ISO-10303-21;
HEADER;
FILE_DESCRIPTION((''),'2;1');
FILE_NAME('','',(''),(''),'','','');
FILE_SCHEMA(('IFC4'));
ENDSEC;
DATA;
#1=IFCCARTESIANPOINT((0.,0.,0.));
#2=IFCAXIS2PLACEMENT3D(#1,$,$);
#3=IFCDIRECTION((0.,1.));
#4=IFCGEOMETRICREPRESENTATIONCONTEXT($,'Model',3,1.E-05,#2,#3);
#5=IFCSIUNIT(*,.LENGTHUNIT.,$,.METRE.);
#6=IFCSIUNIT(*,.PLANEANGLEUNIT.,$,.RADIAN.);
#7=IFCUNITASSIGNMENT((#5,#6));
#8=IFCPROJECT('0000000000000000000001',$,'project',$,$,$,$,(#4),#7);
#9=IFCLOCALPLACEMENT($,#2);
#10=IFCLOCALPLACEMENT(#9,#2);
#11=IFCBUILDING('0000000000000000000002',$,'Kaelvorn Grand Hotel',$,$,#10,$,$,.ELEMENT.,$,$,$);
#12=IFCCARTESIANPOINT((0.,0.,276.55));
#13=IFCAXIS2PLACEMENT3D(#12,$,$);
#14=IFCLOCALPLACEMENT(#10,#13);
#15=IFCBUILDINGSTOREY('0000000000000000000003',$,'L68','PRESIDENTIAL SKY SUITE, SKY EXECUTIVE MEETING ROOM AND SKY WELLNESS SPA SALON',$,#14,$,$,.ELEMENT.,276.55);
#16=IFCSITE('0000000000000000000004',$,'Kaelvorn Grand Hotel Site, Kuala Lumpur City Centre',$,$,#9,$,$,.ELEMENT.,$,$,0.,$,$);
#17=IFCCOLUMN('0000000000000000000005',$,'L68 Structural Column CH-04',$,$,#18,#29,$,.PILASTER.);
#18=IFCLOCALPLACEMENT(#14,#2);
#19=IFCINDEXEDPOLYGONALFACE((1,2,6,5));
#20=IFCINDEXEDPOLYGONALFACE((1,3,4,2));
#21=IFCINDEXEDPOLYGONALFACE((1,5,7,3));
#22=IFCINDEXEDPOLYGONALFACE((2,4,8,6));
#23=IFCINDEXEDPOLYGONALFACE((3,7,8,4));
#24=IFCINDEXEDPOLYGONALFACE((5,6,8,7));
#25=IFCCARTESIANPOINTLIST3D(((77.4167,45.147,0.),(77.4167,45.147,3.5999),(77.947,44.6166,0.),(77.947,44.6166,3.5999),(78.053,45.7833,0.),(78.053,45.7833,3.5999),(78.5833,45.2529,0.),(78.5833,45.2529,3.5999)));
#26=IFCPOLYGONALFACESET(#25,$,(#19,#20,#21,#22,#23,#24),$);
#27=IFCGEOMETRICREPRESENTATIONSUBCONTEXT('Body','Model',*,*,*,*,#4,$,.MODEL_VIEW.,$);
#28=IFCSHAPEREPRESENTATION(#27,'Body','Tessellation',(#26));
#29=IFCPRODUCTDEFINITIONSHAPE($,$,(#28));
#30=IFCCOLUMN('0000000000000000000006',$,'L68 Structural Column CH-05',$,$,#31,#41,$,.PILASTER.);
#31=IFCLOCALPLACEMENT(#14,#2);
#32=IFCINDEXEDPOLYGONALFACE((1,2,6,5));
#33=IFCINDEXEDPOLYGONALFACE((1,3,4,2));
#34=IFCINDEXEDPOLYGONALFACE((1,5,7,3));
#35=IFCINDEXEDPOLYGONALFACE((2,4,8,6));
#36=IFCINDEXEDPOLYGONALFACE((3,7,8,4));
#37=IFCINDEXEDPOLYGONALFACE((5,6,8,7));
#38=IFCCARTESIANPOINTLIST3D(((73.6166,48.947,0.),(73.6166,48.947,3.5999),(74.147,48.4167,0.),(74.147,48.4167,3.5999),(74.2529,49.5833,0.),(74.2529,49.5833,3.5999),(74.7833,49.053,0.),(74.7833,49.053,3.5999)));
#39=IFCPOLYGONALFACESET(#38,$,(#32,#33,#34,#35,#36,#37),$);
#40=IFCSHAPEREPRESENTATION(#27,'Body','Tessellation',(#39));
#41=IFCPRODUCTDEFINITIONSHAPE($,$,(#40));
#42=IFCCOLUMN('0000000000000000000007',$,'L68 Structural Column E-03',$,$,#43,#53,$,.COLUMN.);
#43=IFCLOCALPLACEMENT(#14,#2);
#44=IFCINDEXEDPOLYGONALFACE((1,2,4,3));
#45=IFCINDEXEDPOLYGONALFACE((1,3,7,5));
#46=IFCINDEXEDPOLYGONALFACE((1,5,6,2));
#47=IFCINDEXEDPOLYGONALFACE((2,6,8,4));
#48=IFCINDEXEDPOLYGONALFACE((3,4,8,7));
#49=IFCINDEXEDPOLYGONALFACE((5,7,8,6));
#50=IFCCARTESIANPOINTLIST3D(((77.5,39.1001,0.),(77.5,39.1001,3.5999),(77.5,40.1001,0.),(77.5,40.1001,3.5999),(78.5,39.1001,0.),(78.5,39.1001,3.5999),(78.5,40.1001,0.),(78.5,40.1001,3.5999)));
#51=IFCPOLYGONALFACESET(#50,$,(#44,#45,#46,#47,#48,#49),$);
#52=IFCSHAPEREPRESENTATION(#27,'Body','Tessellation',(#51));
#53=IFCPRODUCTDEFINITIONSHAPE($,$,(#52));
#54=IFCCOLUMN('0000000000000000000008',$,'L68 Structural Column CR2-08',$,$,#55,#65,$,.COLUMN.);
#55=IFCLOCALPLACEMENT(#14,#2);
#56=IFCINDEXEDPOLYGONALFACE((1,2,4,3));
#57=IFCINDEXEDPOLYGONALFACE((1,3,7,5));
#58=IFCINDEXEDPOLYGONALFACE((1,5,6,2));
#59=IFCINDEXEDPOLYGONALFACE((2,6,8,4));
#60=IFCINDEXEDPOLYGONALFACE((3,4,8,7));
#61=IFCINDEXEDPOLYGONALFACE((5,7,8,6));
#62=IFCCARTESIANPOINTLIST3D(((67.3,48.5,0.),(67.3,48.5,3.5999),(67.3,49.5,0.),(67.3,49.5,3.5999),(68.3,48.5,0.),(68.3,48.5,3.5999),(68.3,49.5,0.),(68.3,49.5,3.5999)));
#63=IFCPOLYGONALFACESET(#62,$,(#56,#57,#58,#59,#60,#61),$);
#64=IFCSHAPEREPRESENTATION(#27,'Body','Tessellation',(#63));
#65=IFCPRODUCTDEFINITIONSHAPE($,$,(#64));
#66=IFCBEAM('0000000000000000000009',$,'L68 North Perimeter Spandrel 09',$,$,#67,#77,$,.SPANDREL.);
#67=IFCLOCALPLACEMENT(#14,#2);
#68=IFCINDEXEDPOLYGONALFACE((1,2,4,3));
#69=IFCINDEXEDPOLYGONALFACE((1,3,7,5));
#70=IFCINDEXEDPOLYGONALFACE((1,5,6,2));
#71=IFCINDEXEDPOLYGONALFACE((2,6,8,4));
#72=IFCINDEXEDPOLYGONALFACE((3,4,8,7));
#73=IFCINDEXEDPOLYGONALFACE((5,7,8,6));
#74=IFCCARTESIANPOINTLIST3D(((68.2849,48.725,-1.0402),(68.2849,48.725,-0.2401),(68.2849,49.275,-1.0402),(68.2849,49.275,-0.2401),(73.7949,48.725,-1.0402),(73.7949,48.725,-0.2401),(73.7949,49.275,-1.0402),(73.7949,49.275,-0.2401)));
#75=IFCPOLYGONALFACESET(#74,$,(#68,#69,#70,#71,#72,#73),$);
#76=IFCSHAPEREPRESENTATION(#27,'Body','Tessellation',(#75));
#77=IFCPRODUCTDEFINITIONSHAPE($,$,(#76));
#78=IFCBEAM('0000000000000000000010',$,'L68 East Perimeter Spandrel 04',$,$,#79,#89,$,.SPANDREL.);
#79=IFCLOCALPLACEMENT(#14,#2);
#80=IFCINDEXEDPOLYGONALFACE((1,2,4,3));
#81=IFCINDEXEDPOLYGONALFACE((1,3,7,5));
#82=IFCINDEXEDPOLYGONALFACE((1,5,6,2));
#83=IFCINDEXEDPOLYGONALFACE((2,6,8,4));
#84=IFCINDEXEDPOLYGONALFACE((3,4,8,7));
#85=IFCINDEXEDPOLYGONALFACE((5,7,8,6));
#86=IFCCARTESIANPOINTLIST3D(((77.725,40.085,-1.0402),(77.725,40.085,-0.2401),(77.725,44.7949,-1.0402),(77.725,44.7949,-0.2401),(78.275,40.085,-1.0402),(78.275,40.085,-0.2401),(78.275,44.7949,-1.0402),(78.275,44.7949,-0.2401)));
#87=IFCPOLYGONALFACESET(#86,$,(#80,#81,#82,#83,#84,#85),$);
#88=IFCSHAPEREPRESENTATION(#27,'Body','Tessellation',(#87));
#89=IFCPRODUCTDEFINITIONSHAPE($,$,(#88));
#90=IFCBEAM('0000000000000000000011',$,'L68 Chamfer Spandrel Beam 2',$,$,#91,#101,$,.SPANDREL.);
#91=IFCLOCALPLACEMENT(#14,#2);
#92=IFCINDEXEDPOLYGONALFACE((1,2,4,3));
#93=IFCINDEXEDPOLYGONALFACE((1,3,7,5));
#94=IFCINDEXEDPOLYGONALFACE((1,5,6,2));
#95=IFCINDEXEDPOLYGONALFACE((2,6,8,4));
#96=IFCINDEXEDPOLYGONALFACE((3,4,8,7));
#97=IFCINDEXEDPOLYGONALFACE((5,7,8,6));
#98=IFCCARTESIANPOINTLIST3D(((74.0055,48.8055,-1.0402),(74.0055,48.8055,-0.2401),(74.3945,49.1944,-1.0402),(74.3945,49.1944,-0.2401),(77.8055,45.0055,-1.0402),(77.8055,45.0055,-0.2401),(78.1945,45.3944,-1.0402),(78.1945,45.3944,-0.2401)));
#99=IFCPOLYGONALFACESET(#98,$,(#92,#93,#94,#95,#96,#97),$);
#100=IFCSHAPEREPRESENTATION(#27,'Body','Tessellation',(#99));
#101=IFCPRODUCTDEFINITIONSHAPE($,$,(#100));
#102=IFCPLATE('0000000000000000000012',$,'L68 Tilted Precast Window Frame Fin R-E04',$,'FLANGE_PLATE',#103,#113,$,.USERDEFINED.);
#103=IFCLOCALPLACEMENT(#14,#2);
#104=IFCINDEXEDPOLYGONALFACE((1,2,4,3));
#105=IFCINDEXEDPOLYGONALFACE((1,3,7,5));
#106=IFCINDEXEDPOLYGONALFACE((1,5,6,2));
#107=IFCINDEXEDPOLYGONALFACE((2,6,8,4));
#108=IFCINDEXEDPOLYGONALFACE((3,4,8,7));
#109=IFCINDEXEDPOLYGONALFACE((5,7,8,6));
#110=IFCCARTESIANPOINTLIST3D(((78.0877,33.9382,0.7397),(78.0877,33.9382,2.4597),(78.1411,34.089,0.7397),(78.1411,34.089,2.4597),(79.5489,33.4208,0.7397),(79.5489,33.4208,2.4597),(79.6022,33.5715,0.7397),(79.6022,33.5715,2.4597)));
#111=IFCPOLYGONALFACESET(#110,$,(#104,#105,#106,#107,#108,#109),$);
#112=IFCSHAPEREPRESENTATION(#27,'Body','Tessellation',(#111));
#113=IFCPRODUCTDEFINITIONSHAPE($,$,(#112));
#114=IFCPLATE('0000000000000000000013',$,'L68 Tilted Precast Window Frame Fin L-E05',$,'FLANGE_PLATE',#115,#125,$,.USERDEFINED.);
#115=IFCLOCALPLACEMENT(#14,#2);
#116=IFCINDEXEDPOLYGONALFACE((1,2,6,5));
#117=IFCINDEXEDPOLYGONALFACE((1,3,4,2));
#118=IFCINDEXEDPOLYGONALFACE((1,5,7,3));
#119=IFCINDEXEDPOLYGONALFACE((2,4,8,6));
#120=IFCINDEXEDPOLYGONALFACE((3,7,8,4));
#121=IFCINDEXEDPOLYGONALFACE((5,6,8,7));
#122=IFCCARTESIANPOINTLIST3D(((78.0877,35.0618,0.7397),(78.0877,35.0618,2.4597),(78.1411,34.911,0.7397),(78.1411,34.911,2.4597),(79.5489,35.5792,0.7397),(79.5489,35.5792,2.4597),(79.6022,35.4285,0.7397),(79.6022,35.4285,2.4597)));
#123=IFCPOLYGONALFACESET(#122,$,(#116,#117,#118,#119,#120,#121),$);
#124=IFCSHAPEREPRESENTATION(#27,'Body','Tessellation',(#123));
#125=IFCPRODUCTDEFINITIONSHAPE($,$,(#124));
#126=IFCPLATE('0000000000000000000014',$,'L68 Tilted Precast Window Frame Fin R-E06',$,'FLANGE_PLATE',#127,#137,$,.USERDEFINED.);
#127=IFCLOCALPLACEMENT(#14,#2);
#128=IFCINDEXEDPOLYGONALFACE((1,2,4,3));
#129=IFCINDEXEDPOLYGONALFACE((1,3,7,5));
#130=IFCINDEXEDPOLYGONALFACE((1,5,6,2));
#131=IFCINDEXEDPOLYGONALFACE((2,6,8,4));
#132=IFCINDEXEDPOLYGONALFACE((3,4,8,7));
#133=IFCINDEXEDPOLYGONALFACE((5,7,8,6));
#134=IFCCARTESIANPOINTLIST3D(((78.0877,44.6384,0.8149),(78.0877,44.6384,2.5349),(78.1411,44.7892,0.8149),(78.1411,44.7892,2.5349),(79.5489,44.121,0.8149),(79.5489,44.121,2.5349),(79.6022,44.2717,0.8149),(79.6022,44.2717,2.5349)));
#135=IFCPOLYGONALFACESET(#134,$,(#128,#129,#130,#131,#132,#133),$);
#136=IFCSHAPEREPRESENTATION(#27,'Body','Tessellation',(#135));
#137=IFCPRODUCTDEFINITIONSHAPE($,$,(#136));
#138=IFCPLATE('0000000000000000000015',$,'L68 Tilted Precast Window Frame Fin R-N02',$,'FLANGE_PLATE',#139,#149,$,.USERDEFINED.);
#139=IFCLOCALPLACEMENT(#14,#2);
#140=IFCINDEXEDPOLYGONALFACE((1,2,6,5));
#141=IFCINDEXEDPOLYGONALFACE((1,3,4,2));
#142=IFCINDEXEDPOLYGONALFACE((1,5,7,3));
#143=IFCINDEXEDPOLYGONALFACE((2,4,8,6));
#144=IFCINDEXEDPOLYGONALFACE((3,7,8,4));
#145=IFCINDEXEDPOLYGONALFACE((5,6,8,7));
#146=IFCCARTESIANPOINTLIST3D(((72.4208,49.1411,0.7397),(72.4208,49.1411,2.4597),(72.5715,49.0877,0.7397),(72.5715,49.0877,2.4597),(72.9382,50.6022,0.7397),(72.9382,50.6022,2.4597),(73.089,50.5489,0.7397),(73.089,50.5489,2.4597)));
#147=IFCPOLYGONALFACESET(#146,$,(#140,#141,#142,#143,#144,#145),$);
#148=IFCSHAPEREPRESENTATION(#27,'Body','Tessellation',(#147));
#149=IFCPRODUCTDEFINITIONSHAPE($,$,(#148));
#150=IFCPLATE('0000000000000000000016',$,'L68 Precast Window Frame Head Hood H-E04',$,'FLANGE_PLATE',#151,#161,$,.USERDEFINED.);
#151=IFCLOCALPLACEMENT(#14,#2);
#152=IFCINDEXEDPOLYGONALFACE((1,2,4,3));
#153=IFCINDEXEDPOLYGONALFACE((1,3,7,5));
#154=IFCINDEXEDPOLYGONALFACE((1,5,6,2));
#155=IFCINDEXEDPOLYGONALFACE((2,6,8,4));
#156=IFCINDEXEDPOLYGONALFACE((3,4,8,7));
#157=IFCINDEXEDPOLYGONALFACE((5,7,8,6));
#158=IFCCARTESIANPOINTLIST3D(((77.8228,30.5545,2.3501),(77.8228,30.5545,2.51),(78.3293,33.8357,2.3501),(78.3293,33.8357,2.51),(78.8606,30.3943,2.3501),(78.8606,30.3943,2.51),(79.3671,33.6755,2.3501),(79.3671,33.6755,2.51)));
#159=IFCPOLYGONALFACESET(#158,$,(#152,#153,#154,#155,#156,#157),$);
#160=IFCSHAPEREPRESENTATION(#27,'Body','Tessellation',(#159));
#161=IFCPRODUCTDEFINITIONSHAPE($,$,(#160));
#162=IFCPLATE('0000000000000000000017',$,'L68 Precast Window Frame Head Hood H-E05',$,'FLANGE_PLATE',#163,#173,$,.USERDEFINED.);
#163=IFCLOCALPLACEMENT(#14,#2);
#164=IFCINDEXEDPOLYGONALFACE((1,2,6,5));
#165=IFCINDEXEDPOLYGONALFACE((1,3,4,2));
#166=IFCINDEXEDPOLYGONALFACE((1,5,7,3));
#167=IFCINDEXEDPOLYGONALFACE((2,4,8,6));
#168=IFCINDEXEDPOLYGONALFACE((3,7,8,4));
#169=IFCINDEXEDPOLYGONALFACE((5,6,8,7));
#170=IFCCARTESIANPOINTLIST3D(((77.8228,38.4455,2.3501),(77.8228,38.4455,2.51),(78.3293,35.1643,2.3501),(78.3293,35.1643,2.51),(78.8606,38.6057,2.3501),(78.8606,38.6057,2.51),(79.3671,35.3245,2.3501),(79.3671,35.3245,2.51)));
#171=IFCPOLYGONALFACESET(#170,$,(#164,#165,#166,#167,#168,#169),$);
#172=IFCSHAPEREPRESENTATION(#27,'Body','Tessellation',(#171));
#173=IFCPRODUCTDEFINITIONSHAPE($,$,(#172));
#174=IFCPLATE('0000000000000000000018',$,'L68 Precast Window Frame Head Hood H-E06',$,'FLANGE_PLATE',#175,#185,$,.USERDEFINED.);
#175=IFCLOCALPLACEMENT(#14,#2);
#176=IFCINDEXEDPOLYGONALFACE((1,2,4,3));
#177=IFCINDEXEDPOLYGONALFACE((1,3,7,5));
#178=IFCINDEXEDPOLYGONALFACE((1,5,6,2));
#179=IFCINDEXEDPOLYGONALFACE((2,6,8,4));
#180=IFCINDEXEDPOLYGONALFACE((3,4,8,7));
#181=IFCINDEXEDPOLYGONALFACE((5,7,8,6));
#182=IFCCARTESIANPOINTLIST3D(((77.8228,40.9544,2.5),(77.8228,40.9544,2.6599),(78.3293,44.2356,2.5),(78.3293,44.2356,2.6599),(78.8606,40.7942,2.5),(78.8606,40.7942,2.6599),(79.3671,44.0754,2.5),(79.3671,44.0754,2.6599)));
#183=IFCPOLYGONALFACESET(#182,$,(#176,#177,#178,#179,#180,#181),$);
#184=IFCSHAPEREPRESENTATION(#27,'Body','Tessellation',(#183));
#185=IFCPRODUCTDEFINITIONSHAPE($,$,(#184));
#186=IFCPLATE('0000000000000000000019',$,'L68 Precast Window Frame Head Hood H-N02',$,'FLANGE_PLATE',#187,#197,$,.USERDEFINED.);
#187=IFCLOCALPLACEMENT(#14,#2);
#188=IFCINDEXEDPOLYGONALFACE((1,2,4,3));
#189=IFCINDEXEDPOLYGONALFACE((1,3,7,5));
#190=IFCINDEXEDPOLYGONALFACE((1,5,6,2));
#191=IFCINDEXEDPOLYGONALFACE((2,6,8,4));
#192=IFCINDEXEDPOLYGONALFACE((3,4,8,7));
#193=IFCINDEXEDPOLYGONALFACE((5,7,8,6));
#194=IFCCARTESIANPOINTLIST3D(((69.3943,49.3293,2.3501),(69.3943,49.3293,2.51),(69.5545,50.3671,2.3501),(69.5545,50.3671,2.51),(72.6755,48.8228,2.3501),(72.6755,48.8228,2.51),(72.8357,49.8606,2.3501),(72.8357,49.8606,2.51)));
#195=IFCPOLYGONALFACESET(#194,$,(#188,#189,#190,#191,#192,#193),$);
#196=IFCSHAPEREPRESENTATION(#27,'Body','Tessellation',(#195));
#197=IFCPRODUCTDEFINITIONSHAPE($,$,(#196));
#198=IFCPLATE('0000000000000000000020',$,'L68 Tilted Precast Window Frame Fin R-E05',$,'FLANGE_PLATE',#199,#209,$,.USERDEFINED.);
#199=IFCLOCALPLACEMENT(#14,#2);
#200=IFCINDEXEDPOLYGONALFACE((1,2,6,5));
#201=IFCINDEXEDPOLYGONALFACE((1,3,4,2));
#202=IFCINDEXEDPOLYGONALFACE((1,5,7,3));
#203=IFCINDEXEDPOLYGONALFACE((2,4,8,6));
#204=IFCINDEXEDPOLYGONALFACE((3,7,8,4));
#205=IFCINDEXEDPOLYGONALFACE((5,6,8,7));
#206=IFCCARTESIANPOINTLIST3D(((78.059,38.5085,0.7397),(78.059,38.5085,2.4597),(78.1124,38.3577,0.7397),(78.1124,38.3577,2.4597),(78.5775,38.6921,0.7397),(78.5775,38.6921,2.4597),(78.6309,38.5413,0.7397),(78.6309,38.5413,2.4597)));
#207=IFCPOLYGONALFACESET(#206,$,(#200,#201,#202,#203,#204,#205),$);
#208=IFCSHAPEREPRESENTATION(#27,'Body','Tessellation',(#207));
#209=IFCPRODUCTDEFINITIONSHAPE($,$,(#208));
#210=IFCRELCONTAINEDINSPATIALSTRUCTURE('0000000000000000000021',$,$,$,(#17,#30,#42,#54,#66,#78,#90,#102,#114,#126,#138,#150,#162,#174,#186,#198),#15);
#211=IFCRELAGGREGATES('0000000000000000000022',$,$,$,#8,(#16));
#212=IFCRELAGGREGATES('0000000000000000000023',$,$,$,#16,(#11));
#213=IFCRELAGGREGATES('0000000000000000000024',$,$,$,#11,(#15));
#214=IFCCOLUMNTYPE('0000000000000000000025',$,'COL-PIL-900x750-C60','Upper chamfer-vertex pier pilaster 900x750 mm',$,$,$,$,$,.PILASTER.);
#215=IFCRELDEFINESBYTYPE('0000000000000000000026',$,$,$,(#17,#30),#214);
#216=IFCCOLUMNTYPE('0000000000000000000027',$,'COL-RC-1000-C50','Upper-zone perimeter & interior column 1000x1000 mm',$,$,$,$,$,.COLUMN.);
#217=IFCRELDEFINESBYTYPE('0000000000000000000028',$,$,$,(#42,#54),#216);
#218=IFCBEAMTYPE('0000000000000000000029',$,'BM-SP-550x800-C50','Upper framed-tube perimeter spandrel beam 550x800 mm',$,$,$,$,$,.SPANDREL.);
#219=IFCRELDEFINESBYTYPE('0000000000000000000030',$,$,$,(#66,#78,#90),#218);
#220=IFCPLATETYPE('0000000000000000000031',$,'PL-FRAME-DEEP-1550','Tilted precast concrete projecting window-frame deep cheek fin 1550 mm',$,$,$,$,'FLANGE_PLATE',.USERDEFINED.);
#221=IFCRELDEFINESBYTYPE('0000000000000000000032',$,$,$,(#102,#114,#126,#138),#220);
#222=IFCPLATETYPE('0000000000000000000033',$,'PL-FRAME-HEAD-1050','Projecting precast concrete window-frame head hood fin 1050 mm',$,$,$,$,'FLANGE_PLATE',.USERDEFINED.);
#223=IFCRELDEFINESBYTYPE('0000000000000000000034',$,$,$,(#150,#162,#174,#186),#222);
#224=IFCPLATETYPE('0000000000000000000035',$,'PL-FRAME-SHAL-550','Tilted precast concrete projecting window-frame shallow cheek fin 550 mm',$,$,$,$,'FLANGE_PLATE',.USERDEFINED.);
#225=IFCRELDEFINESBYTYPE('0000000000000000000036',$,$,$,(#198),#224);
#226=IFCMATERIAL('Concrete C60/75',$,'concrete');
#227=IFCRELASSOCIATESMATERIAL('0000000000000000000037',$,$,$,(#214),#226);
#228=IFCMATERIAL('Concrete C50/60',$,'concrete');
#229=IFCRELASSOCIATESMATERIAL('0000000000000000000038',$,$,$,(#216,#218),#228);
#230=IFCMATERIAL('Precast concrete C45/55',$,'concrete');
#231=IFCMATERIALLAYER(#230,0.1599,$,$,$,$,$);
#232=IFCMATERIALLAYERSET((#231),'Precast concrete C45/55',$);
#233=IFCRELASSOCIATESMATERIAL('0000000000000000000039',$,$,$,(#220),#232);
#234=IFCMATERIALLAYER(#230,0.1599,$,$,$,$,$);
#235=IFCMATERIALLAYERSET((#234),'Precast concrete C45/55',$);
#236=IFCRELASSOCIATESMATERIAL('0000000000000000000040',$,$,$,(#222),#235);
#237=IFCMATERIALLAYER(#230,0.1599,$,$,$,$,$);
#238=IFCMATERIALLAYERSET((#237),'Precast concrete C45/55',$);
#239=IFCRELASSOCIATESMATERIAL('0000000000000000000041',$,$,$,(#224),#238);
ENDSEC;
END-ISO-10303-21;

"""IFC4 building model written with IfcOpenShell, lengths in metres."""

from ifc_helpers import new_model, si_unit, direction, frame, origin, origin_2d, place, context, subcontext, project, spatial, rectangle, extrude, material, layer, layer_set, material_profile, profile_set, type_object, element, save


model = new_model("IFC4")

# Units and contexts
model_context = context("Model", 3, precision=1e-05, world=origin(), true_north=direction((0.0, 1.0)))
body_context = subcontext(model_context, "Body", "Model", "MODEL_VIEW")
ifc_project = project(units=[si_unit("LENGTHUNIT", "METRE"), si_unit("PLANEANGLEUNIT", "RADIAN")], contexts=[model_context])

# Site, building, storey
site_placement = place(None, origin())
site = spatial("IfcSite", under=ifc_project, at=site_placement, Name="Kaelvorn Grand Hotel Site, Kuala Lumpur City Centre", CompositionType="ELEMENT", RefElevation=0.0)
building_placement = place(site_placement, origin())
building = spatial("IfcBuilding", under=site, at=building_placement, Name="Kaelvorn Grand Hotel", CompositionType="ELEMENT")
storey_placement = place(building_placement, frame((0.0, 0.0, 276.55)))
storey = spatial("IfcBuildingStorey", under=building, at=storey_placement, Name="L68", Description="PRESIDENTIAL SKY SUITE, SKY EXECUTIVE MEETING ROOM AND SKY WELLNESS SPA SALON", CompositionType="ELEMENT", Elevation=276.55)

# Columns
ifc_material_1 = material(Name="Concrete C60/75", Category="concrete")
ifc_material_profile_1 = material_profile(ifc_material_1, rectangle(XDim=0.8999, YDim=0.75, at=origin_2d()), Name="RC PILASTER 900x750")
ifc_profile_set_1 = profile_set([ifc_material_profile_1], Name="Concrete C60/75")
column_type_1 = type_object("IfcColumnType", Name="COL-PIL-900x750-C60", Description="Upper chamfer-vertex pier pilaster 900x750 mm", PredefinedType="PILASTER", material=ifc_profile_set_1)
for number, where, z_axis, x_axis, name in (
    (1, (78.0, 45.2, 0.0), (0.0, 0.0, 1.0), (0.707107, 0.707107, 0.0), "L68 Structural Column CH-04"),
    (2, (74.2, 49.0, 0.0), (0.0, 0.0, 1.0), (0.707107, 0.707107, 0.0), "L68 Structural Column CH-05"),
):
    element("IfcColumn", number, at=place(storey_placement, frame(where, z_axis=z_axis, x_axis=x_axis)), inside=storey, type_object=column_type_1, Name=name, PredefinedType="PILASTER", context=body_context, shape_type="SweptSolid", body=[
        extrude(rectangle(XDim=0.8999, YDim=0.75, at=origin_2d()), origin(), (0.0, 0.0, 1.0), 3.5999),
    ])
ifc_material_2 = material(Name="Concrete C50/60", Category="concrete")
ifc_material_profile_2 = material_profile(ifc_material_2, rectangle(XDim=1.0, YDim=1.0, at=origin_2d()), Name="RC COL 1000x1000")
ifc_profile_set_2 = profile_set([ifc_material_profile_2], Name="Concrete C50/60")
column_type_2 = type_object("IfcColumnType", Name="COL-RC-1000-C50", Description="Upper-zone perimeter & interior column 1000x1000 mm", PredefinedType="COLUMN", material=ifc_profile_set_2)
for number, where, z_axis, x_axis, name in (
    (3, (78.0, 39.6001, 0.0), (0.0, 0.0, 1.0), (1.0, 0.0, 0.0), "L68 Structural Column E-03"),
    (4, (67.8, 49.0, 0.0), (0.0, 0.0, 1.0), (1.0, 0.0, 0.0), "L68 Structural Column CR2-08"),
):
    element("IfcColumn", number, at=place(storey_placement, frame(where, z_axis=z_axis, x_axis=x_axis)), inside=storey, type_object=column_type_2, Name=name, PredefinedType="COLUMN", context=body_context, shape_type="SweptSolid", body=[
        extrude(rectangle(XDim=1.0, YDim=1.0, at=origin_2d()), origin(), (0.0, 0.0, 1.0), 3.5999),
    ])

# Beams
ifc_material_profile_3 = material_profile(ifc_material_2, rectangle(XDim=0.55, YDim=0.8, at=origin_2d()), Name="RC SPANDREL 550x800")
ifc_profile_set_3 = profile_set([ifc_material_profile_3], Name="Concrete C50/60")
beam_type = type_object("IfcBeamType", Name="BM-SP-550x800-C50", Description="Upper framed-tube perimeter spandrel beam 550x800 mm", PredefinedType="SPANDREL", material=ifc_profile_set_3)
beam_1_placement = place(storey_placement, frame((68.2849, 49.0, -0.6401), z_axis=(1.0, 0.0, 0.0), x_axis=(0.0, 1.0, 0.0)))
element("IfcBeam", 5, at=beam_1_placement, inside=storey, type_object=beam_type, Name="L68 North Perimeter Spandrel 09", PredefinedType="SPANDREL", context=body_context, shape_type="SweptSolid", body=[
    extrude(rectangle(XDim=0.55, YDim=0.8, at=origin_2d()), origin(), (0.0, 0.0, 1.0), 5.51),
])
beam_2_placement = place(storey_placement, frame((78.0, 40.085, -0.6401), z_axis=(0.0, 1.0, 0.0), x_axis=(-1.0, 0.0, 0.0)))
element("IfcBeam", 6, at=beam_2_placement, inside=storey, type_object=beam_type, Name="L68 East Perimeter Spandrel 04", PredefinedType="SPANDREL", context=body_context, shape_type="SweptSolid", body=[
    extrude(rectangle(XDim=0.55, YDim=0.8, at=origin_2d()), origin(), (0.0, 0.0, 1.0), 4.71),
])
beam_3_placement = place(storey_placement, frame((78.0, 45.2, -0.6401), z_axis=(-0.707107, 0.707107, 0.0), x_axis=(-0.707107, -0.707107, 0.0)))
element("IfcBeam", 7, at=beam_3_placement, inside=storey, type_object=beam_type, Name="L68 Chamfer Spandrel Beam 2", PredefinedType="SPANDREL", context=body_context, shape_type="SweptSolid", body=[
    extrude(rectangle(XDim=0.55, YDim=0.8, at=origin_2d()), origin(), (0.0, 0.0, 1.0), 5.374),
])

# Plates
ifc_material_3 = material(Name="Precast concrete C45/55", Category="concrete")
ifc_layer_1 = layer(ifc_material_3, 0.1599)
ifc_layer_set_1 = layer_set([ifc_layer_1], Name="Precast concrete C45/55")
plate_type_1 = type_object("IfcPlateType", Name="PL-FRAME-DEEP-1550", Description="Tilted precast concrete projecting window-frame deep cheek fin 1550 mm", ElementType="FLANGE_PLATE", PredefinedType="USERDEFINED", material=ifc_layer_set_1)
for number, where, z_axis, x_axis, name in (
    (8, (78.845, 33.7549, 0.7397), (0.0, 0.0, 1.0), (0.333807, 0.942641, 0.0), "L68 Tilted Precast Window Frame Fin R-E04"),
    (9, (78.845, 35.2451, 0.7397), (0.0, 0.0, 1.0), (-0.333807, 0.942641, 0.0), "L68 Tilted Precast Window Frame Fin L-E05"),
    (10, (78.845, 44.4551, 0.8149), (0.0, 0.0, 1.0), (0.333807, 0.942641, 0.0), "L68 Tilted Precast Window Frame Fin R-E06"),
    (11, (72.7549, 49.845, 0.7397), (0.0, 0.0, 1.0), (0.942641, -0.333807, 0.0), "L68 Tilted Precast Window Frame Fin R-N02"),
):
    element("IfcPlate", number, at=place(storey_placement, frame(where, z_axis=z_axis, x_axis=x_axis)), inside=storey, type_object=plate_type_1, Name=name, ObjectType="FLANGE_PLATE", PredefinedType="USERDEFINED", context=body_context, shape_type="SweptSolid", body=[
        extrude(rectangle(XDim=0.1599, YDim=1.55, at=origin_2d()), origin(), (0.0, 0.0, 1.0), 1.72),
    ])
ifc_layer_2 = layer(ifc_material_3, 0.1599)
ifc_layer_set_2 = layer_set([ifc_layer_2], Name="Precast concrete C45/55")
plate_type_2 = type_object("IfcPlateType", Name="PL-FRAME-HEAD-1050", Description="Projecting precast concrete window-frame head hood fin 1050 mm", ElementType="FLANGE_PLATE", PredefinedType="USERDEFINED", material=ifc_layer_set_2)
for number, where, z_axis, x_axis, name in (
    (12, (78.595, 32.115, 2.3501), (0.0, 0.0, 1.0), (0.152555, 0.988295, 0.0), "L68 Precast Window Frame Head Hood H-E04"),
    (13, (78.595, 36.885, 2.3501), (0.0, 0.0, 1.0), (-0.152555, 0.988295, 0.0), "L68 Precast Window Frame Head Hood H-E05"),
    (14, (78.595, 42.5149, 2.5), (0.0, 0.0, 1.0), (0.152555, 0.988295, 0.0), "L68 Precast Window Frame Head Hood H-E06"),
    (15, (71.115, 49.595, 2.3501), (0.0, 0.0, 1.0), (0.988295, -0.152555, 0.0), "L68 Precast Window Frame Head Hood H-N02"),
):
    element("IfcPlate", number, at=place(storey_placement, frame(where, z_axis=z_axis, x_axis=x_axis)), inside=storey, type_object=plate_type_2, Name=name, ObjectType="FLANGE_PLATE", PredefinedType="USERDEFINED", context=body_context, shape_type="SweptSolid", body=[
        extrude(rectangle(XDim=3.3201, YDim=1.05, at=origin_2d()), origin(), (0.0, 0.0, 1.0), 0.1599),
    ])
ifc_layer_3 = layer(ifc_material_3, 0.1599)
ifc_layer_set_3 = layer_set([ifc_layer_3], Name="Precast concrete C45/55")
plate_type_3 = type_object("IfcPlateType", Name="PL-FRAME-SHAL-550", Description="Tilted precast concrete projecting window-frame shallow cheek fin 550 mm", ElementType="FLANGE_PLATE", PredefinedType="USERDEFINED", material=ifc_layer_set_3)
for number, where, z_axis, x_axis, name in (
    (16, (78.345, 38.5249, 0.7397), (0.0, 0.0, 1.0), (-0.333807, 0.942641, 0.0), "L68 Tilted Precast Window Frame Fin R-E05"),
):
    element("IfcPlate", number, at=place(storey_placement, frame(where, z_axis=z_axis, x_axis=x_axis)), inside=storey, type_object=plate_type_3, Name=name, ObjectType="FLANGE_PLATE", PredefinedType="USERDEFINED", context=body_context, shape_type="SweptSolid", body=[
        extrude(rectangle(XDim=0.1599, YDim=0.55, at=origin_2d()), origin(), (0.0, 0.0, 1.0), 1.72),
    ])

save(model, "model.ifc")
